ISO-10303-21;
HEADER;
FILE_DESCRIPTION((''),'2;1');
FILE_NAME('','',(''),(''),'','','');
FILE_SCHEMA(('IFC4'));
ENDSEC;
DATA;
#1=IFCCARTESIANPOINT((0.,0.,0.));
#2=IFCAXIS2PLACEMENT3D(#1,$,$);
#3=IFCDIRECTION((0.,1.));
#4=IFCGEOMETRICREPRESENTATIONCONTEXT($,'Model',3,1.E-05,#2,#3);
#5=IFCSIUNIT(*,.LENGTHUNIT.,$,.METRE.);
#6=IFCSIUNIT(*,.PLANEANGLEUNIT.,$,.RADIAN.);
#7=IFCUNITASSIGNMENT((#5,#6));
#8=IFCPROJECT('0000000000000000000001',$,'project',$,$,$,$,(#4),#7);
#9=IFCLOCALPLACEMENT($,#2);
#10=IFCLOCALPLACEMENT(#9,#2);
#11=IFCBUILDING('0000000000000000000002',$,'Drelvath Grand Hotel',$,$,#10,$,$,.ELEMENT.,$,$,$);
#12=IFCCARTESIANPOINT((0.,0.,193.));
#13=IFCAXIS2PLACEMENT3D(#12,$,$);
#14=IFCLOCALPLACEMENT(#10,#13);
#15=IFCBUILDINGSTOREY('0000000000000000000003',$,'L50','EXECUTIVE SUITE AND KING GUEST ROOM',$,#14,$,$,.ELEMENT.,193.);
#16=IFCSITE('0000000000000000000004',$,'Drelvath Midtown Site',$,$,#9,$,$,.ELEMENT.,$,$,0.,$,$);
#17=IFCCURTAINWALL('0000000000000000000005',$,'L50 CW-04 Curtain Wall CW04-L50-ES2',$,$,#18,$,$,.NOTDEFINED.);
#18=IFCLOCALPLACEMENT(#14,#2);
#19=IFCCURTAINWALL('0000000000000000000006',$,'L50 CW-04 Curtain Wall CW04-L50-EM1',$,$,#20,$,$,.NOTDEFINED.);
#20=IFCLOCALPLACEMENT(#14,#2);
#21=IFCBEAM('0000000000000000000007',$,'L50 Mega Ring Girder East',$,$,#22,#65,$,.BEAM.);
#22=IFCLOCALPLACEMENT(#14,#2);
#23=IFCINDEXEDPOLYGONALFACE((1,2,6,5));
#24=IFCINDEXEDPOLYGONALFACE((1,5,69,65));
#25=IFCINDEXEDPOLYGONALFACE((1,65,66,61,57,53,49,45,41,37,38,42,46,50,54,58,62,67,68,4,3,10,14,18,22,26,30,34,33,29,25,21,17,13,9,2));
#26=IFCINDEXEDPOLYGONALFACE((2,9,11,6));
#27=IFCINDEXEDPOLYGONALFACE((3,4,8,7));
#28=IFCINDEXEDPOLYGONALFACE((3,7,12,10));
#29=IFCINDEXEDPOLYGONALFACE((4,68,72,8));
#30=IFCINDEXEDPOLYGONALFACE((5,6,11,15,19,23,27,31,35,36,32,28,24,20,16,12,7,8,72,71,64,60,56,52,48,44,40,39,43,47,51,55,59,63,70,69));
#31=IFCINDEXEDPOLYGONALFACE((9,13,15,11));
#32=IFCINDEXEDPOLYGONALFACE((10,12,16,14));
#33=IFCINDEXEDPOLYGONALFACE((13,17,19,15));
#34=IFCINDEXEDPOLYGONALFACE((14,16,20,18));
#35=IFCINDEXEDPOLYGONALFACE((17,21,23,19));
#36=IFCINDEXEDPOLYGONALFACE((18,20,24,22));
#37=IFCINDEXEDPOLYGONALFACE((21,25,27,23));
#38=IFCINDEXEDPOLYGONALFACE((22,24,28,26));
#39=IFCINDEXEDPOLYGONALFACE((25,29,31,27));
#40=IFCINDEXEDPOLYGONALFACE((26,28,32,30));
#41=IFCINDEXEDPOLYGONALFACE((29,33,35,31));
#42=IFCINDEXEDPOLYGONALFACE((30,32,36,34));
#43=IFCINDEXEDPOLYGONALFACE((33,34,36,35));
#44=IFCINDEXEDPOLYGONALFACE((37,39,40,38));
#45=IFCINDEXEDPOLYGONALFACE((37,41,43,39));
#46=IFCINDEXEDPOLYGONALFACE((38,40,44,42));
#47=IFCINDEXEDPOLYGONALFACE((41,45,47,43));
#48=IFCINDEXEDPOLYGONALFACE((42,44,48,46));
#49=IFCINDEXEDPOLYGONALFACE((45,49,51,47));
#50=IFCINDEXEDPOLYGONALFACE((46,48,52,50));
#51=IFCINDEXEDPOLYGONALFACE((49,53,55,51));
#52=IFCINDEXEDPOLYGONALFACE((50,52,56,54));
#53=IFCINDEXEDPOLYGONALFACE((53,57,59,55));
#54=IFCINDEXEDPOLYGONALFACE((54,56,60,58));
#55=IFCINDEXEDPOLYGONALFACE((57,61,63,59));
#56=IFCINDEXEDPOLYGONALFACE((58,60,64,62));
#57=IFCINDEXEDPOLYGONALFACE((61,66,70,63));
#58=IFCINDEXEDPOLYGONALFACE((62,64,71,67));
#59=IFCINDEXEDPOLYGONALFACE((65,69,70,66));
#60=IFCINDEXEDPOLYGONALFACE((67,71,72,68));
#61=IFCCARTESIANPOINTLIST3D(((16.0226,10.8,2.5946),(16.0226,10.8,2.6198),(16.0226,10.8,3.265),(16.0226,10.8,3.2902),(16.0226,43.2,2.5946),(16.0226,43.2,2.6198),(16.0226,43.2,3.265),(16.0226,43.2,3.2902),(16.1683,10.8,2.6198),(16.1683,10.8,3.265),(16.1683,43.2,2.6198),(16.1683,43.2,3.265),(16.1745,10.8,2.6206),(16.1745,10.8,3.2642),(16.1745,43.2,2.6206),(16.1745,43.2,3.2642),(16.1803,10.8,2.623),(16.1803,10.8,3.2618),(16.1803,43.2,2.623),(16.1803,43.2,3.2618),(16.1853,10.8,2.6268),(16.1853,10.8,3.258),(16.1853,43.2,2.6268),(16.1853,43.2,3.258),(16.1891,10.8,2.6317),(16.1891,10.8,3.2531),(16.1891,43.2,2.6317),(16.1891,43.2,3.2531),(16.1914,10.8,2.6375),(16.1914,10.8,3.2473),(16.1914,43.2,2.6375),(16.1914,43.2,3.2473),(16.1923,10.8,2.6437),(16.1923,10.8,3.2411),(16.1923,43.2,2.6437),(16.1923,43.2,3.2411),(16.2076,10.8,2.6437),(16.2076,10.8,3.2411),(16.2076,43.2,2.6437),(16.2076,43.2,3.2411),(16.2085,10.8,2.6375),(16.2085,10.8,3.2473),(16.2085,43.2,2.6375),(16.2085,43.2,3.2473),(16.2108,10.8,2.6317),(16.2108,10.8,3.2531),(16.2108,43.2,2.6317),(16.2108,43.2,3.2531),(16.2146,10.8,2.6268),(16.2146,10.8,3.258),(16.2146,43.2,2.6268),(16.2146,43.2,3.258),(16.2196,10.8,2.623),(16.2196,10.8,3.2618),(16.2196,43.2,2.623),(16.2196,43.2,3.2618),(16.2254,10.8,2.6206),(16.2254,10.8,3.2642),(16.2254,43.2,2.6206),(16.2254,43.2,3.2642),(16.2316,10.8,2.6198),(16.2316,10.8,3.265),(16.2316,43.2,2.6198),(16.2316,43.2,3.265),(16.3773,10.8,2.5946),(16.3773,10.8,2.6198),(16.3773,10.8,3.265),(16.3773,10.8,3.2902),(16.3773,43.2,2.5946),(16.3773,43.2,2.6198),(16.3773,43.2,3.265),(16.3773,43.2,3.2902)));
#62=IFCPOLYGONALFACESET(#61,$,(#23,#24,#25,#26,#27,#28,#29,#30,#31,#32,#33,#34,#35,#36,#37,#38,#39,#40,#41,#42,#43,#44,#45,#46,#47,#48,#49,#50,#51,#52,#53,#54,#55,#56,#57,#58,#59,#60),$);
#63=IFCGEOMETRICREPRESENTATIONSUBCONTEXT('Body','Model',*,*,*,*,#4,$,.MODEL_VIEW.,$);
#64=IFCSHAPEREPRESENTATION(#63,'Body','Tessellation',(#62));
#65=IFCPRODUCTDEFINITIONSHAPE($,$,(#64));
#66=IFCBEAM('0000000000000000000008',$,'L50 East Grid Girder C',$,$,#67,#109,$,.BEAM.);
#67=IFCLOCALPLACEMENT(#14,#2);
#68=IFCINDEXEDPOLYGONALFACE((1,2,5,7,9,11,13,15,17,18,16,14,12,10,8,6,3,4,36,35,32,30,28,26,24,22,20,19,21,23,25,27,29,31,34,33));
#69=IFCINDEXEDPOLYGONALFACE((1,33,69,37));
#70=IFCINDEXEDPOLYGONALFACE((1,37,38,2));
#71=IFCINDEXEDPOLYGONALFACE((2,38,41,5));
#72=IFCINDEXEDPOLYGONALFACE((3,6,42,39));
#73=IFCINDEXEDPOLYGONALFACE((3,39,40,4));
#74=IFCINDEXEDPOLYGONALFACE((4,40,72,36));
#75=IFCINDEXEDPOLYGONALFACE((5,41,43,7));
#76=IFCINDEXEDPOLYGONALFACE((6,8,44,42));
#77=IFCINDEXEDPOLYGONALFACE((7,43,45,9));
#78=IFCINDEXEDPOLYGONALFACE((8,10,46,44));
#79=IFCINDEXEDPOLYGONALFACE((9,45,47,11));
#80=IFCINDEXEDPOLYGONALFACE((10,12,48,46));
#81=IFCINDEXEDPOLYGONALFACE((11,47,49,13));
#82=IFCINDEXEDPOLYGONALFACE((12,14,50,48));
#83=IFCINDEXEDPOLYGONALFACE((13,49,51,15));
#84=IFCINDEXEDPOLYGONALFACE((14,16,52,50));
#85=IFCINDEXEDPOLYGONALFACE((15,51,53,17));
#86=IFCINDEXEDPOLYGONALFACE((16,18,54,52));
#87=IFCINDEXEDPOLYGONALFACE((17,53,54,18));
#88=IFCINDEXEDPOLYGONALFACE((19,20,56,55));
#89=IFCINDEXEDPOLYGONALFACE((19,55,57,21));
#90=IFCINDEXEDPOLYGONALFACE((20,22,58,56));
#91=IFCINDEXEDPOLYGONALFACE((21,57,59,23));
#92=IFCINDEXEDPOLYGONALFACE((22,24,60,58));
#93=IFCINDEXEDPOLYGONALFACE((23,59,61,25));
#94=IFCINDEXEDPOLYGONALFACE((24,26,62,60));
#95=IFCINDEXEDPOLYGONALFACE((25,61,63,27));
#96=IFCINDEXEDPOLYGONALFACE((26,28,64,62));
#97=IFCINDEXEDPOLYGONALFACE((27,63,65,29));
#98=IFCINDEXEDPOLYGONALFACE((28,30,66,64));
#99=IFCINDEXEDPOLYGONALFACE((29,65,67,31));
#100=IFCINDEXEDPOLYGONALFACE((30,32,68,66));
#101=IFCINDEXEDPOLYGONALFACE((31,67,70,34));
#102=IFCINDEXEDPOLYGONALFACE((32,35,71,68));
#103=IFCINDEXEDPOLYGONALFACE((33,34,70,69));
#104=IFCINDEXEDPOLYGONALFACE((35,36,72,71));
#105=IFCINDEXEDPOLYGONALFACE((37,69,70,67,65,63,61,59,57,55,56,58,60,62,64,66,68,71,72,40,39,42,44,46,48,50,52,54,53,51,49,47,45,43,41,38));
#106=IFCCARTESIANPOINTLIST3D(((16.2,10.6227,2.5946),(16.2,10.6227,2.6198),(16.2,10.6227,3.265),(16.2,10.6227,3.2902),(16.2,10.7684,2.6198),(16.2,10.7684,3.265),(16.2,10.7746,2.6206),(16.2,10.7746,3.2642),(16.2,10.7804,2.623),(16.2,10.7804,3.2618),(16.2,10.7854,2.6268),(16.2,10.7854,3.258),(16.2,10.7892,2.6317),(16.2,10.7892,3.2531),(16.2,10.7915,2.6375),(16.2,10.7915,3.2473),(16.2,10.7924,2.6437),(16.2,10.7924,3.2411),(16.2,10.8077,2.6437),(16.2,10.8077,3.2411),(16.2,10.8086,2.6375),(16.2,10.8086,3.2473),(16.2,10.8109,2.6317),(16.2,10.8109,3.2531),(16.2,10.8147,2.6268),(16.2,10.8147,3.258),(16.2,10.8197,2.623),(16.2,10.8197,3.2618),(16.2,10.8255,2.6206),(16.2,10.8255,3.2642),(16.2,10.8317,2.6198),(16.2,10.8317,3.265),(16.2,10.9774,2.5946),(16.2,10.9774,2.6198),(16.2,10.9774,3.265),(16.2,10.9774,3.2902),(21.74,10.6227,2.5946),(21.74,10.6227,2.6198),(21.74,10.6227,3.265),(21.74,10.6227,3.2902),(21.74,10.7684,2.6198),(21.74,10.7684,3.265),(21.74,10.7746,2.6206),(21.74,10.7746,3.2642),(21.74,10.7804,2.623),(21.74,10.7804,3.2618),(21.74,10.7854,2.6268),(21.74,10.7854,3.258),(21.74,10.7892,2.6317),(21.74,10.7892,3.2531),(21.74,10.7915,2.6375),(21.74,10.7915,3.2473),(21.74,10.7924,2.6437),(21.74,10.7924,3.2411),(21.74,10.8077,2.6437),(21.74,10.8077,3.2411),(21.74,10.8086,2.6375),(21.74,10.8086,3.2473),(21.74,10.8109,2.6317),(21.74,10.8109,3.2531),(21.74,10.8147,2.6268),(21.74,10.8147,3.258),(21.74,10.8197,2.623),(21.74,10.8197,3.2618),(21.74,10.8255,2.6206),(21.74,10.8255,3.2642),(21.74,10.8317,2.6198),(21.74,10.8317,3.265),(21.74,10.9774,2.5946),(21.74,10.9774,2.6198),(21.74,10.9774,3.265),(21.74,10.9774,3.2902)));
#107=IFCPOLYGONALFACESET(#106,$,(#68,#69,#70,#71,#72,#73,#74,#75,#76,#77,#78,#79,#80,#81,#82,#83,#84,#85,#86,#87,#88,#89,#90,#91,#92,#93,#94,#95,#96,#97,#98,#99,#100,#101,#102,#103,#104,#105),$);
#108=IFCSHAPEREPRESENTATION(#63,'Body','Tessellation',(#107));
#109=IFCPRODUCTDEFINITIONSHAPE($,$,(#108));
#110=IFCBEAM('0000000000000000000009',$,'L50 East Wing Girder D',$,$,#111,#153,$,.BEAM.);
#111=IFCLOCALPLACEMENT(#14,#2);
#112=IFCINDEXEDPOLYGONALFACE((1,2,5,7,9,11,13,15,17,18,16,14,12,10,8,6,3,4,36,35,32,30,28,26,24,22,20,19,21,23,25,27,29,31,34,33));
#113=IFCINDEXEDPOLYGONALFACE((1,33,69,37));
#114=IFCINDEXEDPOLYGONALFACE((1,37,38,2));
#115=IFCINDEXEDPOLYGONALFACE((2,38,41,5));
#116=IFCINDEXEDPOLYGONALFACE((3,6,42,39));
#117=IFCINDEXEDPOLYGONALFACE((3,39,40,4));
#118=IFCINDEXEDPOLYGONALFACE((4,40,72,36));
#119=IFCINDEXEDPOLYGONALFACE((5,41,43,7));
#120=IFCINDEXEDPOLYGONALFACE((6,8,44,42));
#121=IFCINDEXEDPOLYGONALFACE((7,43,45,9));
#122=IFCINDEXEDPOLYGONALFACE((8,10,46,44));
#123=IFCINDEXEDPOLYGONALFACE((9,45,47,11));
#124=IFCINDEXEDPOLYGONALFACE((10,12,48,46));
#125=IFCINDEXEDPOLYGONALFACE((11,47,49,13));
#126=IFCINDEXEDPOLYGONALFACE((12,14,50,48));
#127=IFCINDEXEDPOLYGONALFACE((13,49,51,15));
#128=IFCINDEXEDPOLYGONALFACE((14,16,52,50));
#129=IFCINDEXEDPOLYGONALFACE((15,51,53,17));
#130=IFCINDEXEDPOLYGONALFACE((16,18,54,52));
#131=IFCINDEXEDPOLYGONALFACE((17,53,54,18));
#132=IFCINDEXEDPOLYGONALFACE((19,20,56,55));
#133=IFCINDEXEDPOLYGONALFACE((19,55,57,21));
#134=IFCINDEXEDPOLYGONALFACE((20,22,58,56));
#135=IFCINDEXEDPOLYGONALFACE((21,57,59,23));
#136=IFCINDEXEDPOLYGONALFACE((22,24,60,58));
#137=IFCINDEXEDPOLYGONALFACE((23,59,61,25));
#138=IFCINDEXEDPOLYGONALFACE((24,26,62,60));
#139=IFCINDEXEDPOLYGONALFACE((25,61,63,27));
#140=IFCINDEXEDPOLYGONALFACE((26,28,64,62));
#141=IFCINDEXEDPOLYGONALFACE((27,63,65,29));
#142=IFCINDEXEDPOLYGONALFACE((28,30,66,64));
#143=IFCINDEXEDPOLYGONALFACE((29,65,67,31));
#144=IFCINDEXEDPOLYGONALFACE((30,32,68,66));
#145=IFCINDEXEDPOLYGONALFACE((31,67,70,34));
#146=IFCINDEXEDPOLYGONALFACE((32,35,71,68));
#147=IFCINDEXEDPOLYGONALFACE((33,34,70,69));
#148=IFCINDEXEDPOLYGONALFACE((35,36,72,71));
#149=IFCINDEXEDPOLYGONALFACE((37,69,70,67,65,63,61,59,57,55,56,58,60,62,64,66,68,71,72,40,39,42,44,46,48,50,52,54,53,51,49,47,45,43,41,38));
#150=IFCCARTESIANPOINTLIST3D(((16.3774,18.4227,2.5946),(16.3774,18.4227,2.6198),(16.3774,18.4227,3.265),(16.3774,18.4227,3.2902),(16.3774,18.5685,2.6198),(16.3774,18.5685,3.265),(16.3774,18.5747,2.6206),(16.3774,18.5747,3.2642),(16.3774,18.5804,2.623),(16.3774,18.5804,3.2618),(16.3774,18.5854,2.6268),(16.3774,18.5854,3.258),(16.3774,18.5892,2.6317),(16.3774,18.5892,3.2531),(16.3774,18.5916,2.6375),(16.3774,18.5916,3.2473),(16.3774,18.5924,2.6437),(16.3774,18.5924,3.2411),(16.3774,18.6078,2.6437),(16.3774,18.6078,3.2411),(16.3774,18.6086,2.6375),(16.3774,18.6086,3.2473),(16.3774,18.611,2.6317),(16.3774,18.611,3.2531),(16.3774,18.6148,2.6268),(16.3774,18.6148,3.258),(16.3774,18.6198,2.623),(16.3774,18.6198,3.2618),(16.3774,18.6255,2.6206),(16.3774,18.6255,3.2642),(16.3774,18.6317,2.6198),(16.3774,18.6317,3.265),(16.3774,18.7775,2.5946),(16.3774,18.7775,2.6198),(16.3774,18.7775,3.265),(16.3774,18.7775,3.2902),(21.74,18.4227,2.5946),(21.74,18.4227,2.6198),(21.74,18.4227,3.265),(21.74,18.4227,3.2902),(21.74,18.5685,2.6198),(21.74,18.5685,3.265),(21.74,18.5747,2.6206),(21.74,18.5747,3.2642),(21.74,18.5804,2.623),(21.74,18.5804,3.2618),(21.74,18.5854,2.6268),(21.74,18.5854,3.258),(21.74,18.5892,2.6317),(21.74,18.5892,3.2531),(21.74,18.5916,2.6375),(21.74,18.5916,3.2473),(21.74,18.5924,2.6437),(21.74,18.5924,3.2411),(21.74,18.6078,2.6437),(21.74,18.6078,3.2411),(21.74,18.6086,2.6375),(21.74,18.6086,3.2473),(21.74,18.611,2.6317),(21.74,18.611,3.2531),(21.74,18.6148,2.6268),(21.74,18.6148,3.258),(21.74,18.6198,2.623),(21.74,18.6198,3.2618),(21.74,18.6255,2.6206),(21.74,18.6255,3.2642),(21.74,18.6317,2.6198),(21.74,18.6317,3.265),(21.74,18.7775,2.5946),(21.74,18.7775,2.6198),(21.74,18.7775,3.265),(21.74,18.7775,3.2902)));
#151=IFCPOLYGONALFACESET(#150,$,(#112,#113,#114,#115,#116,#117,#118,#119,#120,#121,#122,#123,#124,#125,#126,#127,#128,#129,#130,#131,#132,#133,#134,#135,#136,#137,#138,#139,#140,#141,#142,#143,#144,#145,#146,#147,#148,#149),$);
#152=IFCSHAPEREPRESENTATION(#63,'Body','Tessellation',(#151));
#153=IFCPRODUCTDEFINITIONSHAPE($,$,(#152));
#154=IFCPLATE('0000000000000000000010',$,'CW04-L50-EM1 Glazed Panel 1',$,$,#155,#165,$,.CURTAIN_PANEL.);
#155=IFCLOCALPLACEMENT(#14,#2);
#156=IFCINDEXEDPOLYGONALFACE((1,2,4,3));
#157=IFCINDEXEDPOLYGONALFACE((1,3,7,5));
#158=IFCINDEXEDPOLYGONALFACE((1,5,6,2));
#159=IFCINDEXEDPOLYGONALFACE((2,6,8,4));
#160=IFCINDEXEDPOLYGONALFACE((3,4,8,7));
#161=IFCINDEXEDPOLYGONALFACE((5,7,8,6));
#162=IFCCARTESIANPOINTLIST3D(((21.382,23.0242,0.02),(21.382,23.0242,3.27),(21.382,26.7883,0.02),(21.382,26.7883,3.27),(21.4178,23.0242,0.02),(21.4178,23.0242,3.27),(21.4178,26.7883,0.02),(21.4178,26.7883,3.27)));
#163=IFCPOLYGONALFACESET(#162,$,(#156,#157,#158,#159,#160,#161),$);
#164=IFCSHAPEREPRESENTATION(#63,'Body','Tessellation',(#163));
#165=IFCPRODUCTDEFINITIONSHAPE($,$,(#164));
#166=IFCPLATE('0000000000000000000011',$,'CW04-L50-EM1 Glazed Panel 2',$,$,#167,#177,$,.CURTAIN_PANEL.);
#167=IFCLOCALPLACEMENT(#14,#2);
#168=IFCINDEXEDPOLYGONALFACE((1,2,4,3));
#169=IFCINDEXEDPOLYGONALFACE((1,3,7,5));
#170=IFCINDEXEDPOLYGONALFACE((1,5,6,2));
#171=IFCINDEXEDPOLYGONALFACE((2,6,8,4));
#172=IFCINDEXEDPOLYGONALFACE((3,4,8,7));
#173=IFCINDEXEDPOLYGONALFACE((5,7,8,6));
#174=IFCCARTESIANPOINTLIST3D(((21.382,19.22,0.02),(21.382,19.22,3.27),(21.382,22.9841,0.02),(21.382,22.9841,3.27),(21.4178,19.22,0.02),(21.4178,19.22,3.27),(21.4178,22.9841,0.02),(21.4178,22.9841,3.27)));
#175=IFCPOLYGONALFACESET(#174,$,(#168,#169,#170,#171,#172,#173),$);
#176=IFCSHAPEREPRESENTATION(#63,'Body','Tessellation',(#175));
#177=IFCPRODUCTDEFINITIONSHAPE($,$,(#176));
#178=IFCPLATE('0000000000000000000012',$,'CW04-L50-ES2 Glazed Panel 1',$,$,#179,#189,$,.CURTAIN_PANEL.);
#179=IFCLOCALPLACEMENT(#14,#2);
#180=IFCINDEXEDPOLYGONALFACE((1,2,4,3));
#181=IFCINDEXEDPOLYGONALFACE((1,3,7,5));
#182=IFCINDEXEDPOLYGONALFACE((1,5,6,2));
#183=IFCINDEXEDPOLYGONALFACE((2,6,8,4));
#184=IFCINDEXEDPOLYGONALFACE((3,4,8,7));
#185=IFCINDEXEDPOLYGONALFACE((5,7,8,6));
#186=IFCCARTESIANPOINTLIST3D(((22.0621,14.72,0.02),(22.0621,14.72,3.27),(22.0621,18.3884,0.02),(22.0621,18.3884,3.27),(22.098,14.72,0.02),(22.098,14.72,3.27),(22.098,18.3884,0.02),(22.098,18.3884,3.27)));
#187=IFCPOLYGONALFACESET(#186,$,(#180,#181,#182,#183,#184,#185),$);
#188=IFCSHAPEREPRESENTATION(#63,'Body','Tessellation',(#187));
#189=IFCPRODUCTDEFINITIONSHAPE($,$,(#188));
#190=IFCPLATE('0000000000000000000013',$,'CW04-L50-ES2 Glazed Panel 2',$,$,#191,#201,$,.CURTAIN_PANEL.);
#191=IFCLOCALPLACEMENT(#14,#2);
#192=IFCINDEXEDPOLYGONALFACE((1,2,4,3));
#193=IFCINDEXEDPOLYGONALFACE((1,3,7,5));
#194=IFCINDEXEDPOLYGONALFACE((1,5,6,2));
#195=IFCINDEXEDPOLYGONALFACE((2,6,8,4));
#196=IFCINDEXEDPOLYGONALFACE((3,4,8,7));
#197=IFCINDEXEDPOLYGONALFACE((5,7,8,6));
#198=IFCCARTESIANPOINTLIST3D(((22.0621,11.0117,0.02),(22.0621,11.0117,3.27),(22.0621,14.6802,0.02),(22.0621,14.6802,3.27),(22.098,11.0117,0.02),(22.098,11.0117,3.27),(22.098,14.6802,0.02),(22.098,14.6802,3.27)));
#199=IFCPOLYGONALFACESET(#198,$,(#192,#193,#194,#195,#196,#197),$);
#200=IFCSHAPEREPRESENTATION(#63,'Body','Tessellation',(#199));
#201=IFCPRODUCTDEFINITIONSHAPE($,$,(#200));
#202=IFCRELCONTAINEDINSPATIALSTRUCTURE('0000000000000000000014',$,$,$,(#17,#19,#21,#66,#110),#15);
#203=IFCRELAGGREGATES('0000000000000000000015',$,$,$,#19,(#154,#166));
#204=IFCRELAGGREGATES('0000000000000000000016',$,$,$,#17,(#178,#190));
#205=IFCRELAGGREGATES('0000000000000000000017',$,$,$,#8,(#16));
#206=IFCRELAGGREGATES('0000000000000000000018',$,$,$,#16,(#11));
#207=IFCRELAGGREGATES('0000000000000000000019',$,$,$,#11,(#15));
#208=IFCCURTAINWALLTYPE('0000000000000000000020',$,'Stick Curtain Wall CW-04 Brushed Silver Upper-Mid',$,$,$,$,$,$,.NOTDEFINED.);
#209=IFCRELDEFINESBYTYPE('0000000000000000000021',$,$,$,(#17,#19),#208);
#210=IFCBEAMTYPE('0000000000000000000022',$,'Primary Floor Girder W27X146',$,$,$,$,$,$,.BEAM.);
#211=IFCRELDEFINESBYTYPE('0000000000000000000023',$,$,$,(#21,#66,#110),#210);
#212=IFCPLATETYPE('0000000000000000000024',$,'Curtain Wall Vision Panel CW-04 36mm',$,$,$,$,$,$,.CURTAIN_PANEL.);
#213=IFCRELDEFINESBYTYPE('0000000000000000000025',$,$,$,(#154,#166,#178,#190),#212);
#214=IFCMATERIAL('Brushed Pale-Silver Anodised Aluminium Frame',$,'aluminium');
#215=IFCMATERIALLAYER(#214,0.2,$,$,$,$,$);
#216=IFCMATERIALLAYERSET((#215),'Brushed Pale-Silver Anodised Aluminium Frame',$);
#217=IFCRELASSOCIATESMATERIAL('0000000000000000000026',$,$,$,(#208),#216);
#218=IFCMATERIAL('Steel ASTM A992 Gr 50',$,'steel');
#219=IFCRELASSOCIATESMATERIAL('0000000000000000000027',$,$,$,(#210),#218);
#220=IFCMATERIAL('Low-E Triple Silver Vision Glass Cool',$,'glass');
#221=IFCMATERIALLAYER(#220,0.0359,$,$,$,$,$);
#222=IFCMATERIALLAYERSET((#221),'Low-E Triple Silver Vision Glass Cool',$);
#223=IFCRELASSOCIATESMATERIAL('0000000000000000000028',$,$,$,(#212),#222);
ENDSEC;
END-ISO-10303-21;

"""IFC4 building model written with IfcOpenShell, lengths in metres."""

from ifc_helpers import new_model, si_unit, direction, frame, origin, origin_2d, place, context, subcontext, project, spatial, rectangle, i_section, extrude, material, layer, layer_set, material_profile, profile_set, type_object, element, aggregate, save


model = new_model("IFC4")

# Units and contexts
model_context = context("Model", 3, precision=1e-05, world=origin(), true_north=direction((0.0, 1.0)))
body_context = subcontext(model_context, "Body", "Model", "MODEL_VIEW")
ifc_project = project(units=[si_unit("LENGTHUNIT", "METRE"), si_unit("PLANEANGLEUNIT", "RADIAN")], contexts=[model_context])

# Site, building, storey
site_placement = place(None, origin())
site = spatial("IfcSite", under=ifc_project, at=site_placement, Name="Drelvath Midtown Site", CompositionType="ELEMENT", RefElevation=0.0)
building_placement = place(site_placement, origin())
building = spatial("IfcBuilding", under=site, at=building_placement, Name="Drelvath Grand Hotel", CompositionType="ELEMENT")
storey_placement = place(building_placement, frame((0.0, 0.0, 193.0)))
storey = spatial("IfcBuildingStorey", under=building, at=storey_placement, Name="L50", Description="EXECUTIVE SUITE AND KING GUEST ROOM", CompositionType="ELEMENT", Elevation=193.0)

# Shared definitions
ifc_material_1 = material(Name="Steel ASTM A992 Gr 50", Category="steel")

# Curtain wall
ifc_material_2 = material(Name="Brushed Pale-Silver Anodised Aluminium Frame", Category="aluminium")
ifc_layer_1 = layer(ifc_material_2, 0.2)
ifc_layer_set_1 = layer_set([ifc_layer_1], Name="Brushed Pale-Silver Anodised Aluminium Frame")
curtain_wall_type = type_object("IfcCurtainWallType", Name="Stick Curtain Wall CW-04 Brushed Silver Upper-Mid", PredefinedType="NOTDEFINED", material=ifc_layer_set_1)
curtain_wall_1_placement = place(storey_placement, origin())
curtain_wall_1 = element("IfcCurtainWall", 1, at=curtain_wall_1_placement, inside=storey, type_object=curtain_wall_type, Name="L50 CW-04 Curtain Wall CW04-L50-ES2", PredefinedType="NOTDEFINED")

# Curtain wall
curtain_wall_2_placement = place(storey_placement, origin())
curtain_wall_2 = element("IfcCurtainWall", 2, at=curtain_wall_2_placement, inside=storey, type_object=curtain_wall_type, Name="L50 CW-04 Curtain Wall CW04-L50-EM1", PredefinedType="NOTDEFINED")

# Beams
ifc_material_profile_1 = material_profile(ifc_material_1, i_section(OverallWidth=0.3547, OverallDepth=0.6956, WebThickness=0.0154, FlangeThickness=0.0251, FilletRadius=0.0239, at=origin_2d()), Name="W27X146")
ifc_profile_set_1 = profile_set([ifc_material_profile_1], Name="Steel ASTM A992 Gr 50")
beam_type_1 = type_object("IfcBeamType", Name="Primary Floor Girder W27X146", PredefinedType="BEAM", material=ifc_profile_set_1)
beam_1_placement = place(storey_placement, frame((16.2, 10.8, 2.9424), z_axis=(0.0, 1.0, 0.0), x_axis=(-1.0, 0.0, 0.0)))
element("IfcBeam", 3, at=beam_1_placement, inside=storey, type_object=beam_type_1, Name="L50 Mega Ring Girder East", PredefinedType="BEAM", context=body_context, shape_type="SweptSolid", body=[
    extrude(i_section(OverallWidth=0.3547, OverallDepth=0.6956, WebThickness=0.0154, FlangeThickness=0.0251, FilletRadius=0.0239, at=origin_2d()), origin(), (0.0, 0.0, 1.0), 32.3999),
])
beam_2_placement = place(storey_placement, frame((16.2, 10.8, 2.9424), z_axis=(1.0, 0.0, 0.0), x_axis=(0.0, 1.0, 0.0)))
element("IfcBeam", 4, at=beam_2_placement, inside=storey, type_object=beam_type_1, Name="L50 East Grid Girder C", PredefinedType="BEAM", context=body_context, shape_type="SweptSolid", body=[
    extrude(i_section(OverallWidth=0.3547, OverallDepth=0.6956, WebThickness=0.0154, FlangeThickness=0.0251, FilletRadius=0.0239, at=origin_2d()), origin(), (0.0, 0.0, 1.0), 5.54),
])
beam_3_placement = place(storey_placement, frame((16.3774, 18.6001, 2.9424), z_axis=(1.0, 0.0, 0.0), x_axis=(0.0, 1.0, 0.0)))
element("IfcBeam", 5, at=beam_3_placement, inside=storey, type_object=beam_type_1, Name="L50 East Wing Girder D", PredefinedType="BEAM", context=body_context, shape_type="SweptSolid", body=[
    extrude(i_section(OverallWidth=0.3547, OverallDepth=0.6956, WebThickness=0.0154, FlangeThickness=0.0251, FilletRadius=0.0239, at=origin_2d()), origin(), (0.0, 0.0, 1.0), 5.3625),
])

# Plates
ifc_material_3 = material(Name="Low-E Triple Silver Vision Glass Cool", Category="glass")
ifc_layer_2 = layer(ifc_material_3, 0.0359)
ifc_layer_set_2 = layer_set([ifc_layer_2], Name="Low-E Triple Silver Vision Glass Cool")
plate_type = type_object("IfcPlateType", Name="Curtain Wall Vision Panel CW-04 36mm", PredefinedType="CURTAIN_PANEL", material=ifc_layer_set_2)
plate_1_placement = place(storey_placement, frame((21.3999, 24.9062, 0.02), z_axis=(0.0, 0.0, 1.0), x_axis=(0.0, -1.0, 0.0)))
plate_1 = element("IfcPlate", 6, at=plate_1_placement, type_object=plate_type, Name="CW04-L50-EM1 Glazed Panel 1", PredefinedType="CURTAIN_PANEL", context=body_context, shape_type="SweptSolid", body=[
    extrude(rectangle(XDim=3.7642, YDim=0.0359, at=origin_2d()), origin(), (0.0, 0.0, 1.0), 3.25),
])
plate_2_placement = place(storey_placement, frame((21.3999, 21.1021, 0.02), z_axis=(0.0, 0.0, 1.0), x_axis=(0.0, -1.0, 0.0)))
plate_2 = element("IfcPlate", 7, at=plate_2_placement, type_object=plate_type, Name="CW04-L50-EM1 Glazed Panel 2", PredefinedType="CURTAIN_PANEL", context=body_context, shape_type="SweptSolid", body=[
    extrude(rectangle(XDim=3.7642, YDim=0.0359, at=origin_2d()), origin(), (0.0, 0.0, 1.0), 3.25),
])
aggregate(curtain_wall_2, [plate_1, plate_2])
plate_3_placement = place(storey_placement, frame((22.0801, 16.5542, 0.02), z_axis=(0.0, 0.0, 1.0), x_axis=(0.0, -1.0, 0.0)))
plate_3 = element("IfcPlate", 8, at=plate_3_placement, type_object=plate_type, Name="CW04-L50-ES2 Glazed Panel 1", PredefinedType="CURTAIN_PANEL", context=body_context, shape_type="SweptSolid", body=[
    extrude(rectangle(XDim=3.6685, YDim=0.0359, at=origin_2d()), origin(), (0.0, 0.0, 1.0), 3.25),
])
plate_4_placement = place(storey_placement, frame((22.0801, 12.8459, 0.02), z_axis=(0.0, 0.0, 1.0), x_axis=(0.0, -1.0, 0.0)))
plate_4 = element("IfcPlate", 9, at=plate_4_placement, type_object=plate_type, Name="CW04-L50-ES2 Glazed Panel 2", PredefinedType="CURTAIN_PANEL", context=body_context, shape_type="SweptSolid", body=[
    extrude(rectangle(XDim=3.6685, YDim=0.0359, at=origin_2d()), origin(), (0.0, 0.0, 1.0), 3.25),
])
aggregate(curtain_wall_1, [plate_3, plate_4])

save(model, "model.ifc")
